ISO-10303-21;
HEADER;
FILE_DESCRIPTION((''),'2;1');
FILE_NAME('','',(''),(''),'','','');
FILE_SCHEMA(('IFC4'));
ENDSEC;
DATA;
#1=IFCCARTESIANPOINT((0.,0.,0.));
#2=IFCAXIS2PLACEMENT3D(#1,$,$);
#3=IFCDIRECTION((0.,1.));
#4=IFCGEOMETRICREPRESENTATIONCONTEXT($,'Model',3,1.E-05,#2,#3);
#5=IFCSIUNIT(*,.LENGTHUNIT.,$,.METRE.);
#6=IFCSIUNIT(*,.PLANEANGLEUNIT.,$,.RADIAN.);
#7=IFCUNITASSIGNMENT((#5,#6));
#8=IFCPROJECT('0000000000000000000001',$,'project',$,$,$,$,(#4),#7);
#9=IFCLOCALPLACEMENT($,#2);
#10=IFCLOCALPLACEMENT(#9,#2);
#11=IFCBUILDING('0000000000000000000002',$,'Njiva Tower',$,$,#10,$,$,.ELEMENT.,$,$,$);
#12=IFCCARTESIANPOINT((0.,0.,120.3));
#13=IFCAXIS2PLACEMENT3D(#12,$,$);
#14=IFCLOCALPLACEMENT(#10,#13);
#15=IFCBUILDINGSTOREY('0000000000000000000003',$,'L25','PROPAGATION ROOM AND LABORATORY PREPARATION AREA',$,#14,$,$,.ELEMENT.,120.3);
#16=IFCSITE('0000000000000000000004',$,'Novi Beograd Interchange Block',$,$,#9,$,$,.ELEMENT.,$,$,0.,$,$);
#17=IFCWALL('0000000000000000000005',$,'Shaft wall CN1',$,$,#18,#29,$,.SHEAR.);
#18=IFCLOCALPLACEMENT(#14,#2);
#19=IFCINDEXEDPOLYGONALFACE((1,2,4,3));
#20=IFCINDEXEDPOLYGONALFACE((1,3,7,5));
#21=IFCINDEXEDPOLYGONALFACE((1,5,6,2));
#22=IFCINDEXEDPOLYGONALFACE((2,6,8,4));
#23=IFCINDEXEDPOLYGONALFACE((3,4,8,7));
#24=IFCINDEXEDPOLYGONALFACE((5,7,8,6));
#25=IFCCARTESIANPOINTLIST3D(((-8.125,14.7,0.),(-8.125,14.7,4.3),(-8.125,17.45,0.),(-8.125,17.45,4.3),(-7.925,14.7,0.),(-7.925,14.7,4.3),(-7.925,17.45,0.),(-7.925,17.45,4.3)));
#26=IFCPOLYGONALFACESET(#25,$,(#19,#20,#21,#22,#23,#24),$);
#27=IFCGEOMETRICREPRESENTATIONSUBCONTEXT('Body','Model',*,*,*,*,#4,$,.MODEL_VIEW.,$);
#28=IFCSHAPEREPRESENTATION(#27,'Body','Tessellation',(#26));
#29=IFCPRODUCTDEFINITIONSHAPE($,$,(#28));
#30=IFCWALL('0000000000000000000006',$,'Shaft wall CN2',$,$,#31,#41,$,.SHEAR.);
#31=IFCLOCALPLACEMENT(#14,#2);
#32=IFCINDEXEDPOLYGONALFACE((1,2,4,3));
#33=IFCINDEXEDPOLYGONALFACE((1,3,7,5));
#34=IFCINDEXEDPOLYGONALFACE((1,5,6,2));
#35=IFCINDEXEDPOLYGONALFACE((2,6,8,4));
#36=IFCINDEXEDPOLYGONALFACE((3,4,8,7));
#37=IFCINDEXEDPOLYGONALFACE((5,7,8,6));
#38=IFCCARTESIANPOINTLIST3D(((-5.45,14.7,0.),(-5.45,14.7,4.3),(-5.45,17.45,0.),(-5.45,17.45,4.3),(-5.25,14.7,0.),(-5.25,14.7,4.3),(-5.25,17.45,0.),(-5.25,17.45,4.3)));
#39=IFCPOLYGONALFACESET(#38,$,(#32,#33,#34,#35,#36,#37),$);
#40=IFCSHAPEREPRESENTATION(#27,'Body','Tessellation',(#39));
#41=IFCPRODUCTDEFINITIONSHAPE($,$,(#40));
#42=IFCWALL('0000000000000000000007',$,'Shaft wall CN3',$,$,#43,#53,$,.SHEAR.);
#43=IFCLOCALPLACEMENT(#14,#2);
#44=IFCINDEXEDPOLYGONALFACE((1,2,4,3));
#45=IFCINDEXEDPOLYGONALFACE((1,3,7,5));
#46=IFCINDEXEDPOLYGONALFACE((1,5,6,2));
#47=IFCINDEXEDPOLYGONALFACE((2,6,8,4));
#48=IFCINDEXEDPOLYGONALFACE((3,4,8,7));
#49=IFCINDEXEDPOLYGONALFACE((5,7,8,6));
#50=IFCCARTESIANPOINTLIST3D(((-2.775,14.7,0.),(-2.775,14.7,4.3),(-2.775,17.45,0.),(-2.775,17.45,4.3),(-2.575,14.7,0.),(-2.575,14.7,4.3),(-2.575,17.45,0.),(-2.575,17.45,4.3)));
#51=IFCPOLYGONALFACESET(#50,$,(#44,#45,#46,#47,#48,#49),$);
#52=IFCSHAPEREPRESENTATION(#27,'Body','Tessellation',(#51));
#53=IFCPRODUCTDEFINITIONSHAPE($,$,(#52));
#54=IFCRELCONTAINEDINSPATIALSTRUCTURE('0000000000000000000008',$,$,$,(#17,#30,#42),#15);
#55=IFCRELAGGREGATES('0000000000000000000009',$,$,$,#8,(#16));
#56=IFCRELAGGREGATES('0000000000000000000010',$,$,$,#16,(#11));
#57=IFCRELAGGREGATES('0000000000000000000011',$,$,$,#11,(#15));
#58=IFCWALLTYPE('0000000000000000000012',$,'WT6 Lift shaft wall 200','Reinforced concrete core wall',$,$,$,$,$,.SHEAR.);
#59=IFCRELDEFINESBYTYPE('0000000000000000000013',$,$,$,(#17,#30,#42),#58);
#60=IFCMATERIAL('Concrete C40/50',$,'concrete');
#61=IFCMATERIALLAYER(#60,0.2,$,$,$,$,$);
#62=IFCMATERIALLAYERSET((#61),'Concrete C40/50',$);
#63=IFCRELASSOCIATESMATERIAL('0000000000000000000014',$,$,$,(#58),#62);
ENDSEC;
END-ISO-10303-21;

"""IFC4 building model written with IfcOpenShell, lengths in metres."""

from ifc_helpers import new_model, si_unit, direction, frame, frame_2d, origin, place, context, subcontext, project, spatial, rectangle, extrude, material, layer, layer_set, type_object, element, save


model = new_model("IFC4")

# Units and contexts
model_context = context("Model", 3, precision=1e-05, world=origin(), true_north=direction((0.0, 1.0)))
body_context = subcontext(model_context, "Body", "Model", "MODEL_VIEW")
ifc_project = project(units=[si_unit("LENGTHUNIT", "METRE"), si_unit("PLANEANGLEUNIT", "RADIAN")], contexts=[model_context])

# Site, building, storey
site_placement = place(None, origin())
site = spatial("IfcSite", under=ifc_project, at=site_placement, Name="Novi Beograd Interchange Block", CompositionType="ELEMENT", RefElevation=0.0)
building_placement = place(site_placement, origin())
building = spatial("IfcBuilding", under=site, at=building_placement, Name="Njiva Tower", CompositionType="ELEMENT")
storey_placement = place(building_placement, frame((0.0, 0.0, 120.3)))
storey = spatial("IfcBuildingStorey", under=building, at=storey_placement, Name="L25", Description="PROPAGATION ROOM AND LABORATORY PREPARATION AREA", CompositionType="ELEMENT", Elevation=120.3)

# Walls
ifc_material_1 = material(Name="Concrete C40/50", Category="concrete")
ifc_layer_1 = layer(ifc_material_1, 0.2)
ifc_layer_set_1 = layer_set([ifc_layer_1], Name="Concrete C40/50")
wall_type_1 = type_object("IfcWallType", Name="WT6 Lift shaft wall 200", Description="Reinforced concrete core wall", PredefinedType="SHEAR", material=ifc_layer_set_1)
for number, where, z_axis, x_axis, name in (
    (1, (-8.025, 14.7, 0.0), (0.0, 0.0, 1.0), (0.0, 1.0, 0.0), "Shaft wall CN1"),
    (2, (-5.35, 14.7, 0.0), (0.0, 0.0, 1.0), (0.0, 1.0, 0.0), "Shaft wall CN2"),
    (3, (-2.675, 14.7, 0.0), (0.0, 0.0, 1.0), (0.0, 1.0, 0.0), "Shaft wall CN3"),
):
    element("IfcWall", number, at=place(storey_placement, frame(where, z_axis=z_axis, x_axis=x_axis)), inside=storey, type_object=wall_type_1, Name=name, PredefinedType="SHEAR", context=body_context, shape_type="SweptSolid", body=[
        extrude(rectangle(XDim=2.75, YDim=0.2, at=frame_2d((1.375, 0.0))), origin(), (0.0, 0.0, 1.0), 4.3),
    ])

save(model, "model.ifc")
